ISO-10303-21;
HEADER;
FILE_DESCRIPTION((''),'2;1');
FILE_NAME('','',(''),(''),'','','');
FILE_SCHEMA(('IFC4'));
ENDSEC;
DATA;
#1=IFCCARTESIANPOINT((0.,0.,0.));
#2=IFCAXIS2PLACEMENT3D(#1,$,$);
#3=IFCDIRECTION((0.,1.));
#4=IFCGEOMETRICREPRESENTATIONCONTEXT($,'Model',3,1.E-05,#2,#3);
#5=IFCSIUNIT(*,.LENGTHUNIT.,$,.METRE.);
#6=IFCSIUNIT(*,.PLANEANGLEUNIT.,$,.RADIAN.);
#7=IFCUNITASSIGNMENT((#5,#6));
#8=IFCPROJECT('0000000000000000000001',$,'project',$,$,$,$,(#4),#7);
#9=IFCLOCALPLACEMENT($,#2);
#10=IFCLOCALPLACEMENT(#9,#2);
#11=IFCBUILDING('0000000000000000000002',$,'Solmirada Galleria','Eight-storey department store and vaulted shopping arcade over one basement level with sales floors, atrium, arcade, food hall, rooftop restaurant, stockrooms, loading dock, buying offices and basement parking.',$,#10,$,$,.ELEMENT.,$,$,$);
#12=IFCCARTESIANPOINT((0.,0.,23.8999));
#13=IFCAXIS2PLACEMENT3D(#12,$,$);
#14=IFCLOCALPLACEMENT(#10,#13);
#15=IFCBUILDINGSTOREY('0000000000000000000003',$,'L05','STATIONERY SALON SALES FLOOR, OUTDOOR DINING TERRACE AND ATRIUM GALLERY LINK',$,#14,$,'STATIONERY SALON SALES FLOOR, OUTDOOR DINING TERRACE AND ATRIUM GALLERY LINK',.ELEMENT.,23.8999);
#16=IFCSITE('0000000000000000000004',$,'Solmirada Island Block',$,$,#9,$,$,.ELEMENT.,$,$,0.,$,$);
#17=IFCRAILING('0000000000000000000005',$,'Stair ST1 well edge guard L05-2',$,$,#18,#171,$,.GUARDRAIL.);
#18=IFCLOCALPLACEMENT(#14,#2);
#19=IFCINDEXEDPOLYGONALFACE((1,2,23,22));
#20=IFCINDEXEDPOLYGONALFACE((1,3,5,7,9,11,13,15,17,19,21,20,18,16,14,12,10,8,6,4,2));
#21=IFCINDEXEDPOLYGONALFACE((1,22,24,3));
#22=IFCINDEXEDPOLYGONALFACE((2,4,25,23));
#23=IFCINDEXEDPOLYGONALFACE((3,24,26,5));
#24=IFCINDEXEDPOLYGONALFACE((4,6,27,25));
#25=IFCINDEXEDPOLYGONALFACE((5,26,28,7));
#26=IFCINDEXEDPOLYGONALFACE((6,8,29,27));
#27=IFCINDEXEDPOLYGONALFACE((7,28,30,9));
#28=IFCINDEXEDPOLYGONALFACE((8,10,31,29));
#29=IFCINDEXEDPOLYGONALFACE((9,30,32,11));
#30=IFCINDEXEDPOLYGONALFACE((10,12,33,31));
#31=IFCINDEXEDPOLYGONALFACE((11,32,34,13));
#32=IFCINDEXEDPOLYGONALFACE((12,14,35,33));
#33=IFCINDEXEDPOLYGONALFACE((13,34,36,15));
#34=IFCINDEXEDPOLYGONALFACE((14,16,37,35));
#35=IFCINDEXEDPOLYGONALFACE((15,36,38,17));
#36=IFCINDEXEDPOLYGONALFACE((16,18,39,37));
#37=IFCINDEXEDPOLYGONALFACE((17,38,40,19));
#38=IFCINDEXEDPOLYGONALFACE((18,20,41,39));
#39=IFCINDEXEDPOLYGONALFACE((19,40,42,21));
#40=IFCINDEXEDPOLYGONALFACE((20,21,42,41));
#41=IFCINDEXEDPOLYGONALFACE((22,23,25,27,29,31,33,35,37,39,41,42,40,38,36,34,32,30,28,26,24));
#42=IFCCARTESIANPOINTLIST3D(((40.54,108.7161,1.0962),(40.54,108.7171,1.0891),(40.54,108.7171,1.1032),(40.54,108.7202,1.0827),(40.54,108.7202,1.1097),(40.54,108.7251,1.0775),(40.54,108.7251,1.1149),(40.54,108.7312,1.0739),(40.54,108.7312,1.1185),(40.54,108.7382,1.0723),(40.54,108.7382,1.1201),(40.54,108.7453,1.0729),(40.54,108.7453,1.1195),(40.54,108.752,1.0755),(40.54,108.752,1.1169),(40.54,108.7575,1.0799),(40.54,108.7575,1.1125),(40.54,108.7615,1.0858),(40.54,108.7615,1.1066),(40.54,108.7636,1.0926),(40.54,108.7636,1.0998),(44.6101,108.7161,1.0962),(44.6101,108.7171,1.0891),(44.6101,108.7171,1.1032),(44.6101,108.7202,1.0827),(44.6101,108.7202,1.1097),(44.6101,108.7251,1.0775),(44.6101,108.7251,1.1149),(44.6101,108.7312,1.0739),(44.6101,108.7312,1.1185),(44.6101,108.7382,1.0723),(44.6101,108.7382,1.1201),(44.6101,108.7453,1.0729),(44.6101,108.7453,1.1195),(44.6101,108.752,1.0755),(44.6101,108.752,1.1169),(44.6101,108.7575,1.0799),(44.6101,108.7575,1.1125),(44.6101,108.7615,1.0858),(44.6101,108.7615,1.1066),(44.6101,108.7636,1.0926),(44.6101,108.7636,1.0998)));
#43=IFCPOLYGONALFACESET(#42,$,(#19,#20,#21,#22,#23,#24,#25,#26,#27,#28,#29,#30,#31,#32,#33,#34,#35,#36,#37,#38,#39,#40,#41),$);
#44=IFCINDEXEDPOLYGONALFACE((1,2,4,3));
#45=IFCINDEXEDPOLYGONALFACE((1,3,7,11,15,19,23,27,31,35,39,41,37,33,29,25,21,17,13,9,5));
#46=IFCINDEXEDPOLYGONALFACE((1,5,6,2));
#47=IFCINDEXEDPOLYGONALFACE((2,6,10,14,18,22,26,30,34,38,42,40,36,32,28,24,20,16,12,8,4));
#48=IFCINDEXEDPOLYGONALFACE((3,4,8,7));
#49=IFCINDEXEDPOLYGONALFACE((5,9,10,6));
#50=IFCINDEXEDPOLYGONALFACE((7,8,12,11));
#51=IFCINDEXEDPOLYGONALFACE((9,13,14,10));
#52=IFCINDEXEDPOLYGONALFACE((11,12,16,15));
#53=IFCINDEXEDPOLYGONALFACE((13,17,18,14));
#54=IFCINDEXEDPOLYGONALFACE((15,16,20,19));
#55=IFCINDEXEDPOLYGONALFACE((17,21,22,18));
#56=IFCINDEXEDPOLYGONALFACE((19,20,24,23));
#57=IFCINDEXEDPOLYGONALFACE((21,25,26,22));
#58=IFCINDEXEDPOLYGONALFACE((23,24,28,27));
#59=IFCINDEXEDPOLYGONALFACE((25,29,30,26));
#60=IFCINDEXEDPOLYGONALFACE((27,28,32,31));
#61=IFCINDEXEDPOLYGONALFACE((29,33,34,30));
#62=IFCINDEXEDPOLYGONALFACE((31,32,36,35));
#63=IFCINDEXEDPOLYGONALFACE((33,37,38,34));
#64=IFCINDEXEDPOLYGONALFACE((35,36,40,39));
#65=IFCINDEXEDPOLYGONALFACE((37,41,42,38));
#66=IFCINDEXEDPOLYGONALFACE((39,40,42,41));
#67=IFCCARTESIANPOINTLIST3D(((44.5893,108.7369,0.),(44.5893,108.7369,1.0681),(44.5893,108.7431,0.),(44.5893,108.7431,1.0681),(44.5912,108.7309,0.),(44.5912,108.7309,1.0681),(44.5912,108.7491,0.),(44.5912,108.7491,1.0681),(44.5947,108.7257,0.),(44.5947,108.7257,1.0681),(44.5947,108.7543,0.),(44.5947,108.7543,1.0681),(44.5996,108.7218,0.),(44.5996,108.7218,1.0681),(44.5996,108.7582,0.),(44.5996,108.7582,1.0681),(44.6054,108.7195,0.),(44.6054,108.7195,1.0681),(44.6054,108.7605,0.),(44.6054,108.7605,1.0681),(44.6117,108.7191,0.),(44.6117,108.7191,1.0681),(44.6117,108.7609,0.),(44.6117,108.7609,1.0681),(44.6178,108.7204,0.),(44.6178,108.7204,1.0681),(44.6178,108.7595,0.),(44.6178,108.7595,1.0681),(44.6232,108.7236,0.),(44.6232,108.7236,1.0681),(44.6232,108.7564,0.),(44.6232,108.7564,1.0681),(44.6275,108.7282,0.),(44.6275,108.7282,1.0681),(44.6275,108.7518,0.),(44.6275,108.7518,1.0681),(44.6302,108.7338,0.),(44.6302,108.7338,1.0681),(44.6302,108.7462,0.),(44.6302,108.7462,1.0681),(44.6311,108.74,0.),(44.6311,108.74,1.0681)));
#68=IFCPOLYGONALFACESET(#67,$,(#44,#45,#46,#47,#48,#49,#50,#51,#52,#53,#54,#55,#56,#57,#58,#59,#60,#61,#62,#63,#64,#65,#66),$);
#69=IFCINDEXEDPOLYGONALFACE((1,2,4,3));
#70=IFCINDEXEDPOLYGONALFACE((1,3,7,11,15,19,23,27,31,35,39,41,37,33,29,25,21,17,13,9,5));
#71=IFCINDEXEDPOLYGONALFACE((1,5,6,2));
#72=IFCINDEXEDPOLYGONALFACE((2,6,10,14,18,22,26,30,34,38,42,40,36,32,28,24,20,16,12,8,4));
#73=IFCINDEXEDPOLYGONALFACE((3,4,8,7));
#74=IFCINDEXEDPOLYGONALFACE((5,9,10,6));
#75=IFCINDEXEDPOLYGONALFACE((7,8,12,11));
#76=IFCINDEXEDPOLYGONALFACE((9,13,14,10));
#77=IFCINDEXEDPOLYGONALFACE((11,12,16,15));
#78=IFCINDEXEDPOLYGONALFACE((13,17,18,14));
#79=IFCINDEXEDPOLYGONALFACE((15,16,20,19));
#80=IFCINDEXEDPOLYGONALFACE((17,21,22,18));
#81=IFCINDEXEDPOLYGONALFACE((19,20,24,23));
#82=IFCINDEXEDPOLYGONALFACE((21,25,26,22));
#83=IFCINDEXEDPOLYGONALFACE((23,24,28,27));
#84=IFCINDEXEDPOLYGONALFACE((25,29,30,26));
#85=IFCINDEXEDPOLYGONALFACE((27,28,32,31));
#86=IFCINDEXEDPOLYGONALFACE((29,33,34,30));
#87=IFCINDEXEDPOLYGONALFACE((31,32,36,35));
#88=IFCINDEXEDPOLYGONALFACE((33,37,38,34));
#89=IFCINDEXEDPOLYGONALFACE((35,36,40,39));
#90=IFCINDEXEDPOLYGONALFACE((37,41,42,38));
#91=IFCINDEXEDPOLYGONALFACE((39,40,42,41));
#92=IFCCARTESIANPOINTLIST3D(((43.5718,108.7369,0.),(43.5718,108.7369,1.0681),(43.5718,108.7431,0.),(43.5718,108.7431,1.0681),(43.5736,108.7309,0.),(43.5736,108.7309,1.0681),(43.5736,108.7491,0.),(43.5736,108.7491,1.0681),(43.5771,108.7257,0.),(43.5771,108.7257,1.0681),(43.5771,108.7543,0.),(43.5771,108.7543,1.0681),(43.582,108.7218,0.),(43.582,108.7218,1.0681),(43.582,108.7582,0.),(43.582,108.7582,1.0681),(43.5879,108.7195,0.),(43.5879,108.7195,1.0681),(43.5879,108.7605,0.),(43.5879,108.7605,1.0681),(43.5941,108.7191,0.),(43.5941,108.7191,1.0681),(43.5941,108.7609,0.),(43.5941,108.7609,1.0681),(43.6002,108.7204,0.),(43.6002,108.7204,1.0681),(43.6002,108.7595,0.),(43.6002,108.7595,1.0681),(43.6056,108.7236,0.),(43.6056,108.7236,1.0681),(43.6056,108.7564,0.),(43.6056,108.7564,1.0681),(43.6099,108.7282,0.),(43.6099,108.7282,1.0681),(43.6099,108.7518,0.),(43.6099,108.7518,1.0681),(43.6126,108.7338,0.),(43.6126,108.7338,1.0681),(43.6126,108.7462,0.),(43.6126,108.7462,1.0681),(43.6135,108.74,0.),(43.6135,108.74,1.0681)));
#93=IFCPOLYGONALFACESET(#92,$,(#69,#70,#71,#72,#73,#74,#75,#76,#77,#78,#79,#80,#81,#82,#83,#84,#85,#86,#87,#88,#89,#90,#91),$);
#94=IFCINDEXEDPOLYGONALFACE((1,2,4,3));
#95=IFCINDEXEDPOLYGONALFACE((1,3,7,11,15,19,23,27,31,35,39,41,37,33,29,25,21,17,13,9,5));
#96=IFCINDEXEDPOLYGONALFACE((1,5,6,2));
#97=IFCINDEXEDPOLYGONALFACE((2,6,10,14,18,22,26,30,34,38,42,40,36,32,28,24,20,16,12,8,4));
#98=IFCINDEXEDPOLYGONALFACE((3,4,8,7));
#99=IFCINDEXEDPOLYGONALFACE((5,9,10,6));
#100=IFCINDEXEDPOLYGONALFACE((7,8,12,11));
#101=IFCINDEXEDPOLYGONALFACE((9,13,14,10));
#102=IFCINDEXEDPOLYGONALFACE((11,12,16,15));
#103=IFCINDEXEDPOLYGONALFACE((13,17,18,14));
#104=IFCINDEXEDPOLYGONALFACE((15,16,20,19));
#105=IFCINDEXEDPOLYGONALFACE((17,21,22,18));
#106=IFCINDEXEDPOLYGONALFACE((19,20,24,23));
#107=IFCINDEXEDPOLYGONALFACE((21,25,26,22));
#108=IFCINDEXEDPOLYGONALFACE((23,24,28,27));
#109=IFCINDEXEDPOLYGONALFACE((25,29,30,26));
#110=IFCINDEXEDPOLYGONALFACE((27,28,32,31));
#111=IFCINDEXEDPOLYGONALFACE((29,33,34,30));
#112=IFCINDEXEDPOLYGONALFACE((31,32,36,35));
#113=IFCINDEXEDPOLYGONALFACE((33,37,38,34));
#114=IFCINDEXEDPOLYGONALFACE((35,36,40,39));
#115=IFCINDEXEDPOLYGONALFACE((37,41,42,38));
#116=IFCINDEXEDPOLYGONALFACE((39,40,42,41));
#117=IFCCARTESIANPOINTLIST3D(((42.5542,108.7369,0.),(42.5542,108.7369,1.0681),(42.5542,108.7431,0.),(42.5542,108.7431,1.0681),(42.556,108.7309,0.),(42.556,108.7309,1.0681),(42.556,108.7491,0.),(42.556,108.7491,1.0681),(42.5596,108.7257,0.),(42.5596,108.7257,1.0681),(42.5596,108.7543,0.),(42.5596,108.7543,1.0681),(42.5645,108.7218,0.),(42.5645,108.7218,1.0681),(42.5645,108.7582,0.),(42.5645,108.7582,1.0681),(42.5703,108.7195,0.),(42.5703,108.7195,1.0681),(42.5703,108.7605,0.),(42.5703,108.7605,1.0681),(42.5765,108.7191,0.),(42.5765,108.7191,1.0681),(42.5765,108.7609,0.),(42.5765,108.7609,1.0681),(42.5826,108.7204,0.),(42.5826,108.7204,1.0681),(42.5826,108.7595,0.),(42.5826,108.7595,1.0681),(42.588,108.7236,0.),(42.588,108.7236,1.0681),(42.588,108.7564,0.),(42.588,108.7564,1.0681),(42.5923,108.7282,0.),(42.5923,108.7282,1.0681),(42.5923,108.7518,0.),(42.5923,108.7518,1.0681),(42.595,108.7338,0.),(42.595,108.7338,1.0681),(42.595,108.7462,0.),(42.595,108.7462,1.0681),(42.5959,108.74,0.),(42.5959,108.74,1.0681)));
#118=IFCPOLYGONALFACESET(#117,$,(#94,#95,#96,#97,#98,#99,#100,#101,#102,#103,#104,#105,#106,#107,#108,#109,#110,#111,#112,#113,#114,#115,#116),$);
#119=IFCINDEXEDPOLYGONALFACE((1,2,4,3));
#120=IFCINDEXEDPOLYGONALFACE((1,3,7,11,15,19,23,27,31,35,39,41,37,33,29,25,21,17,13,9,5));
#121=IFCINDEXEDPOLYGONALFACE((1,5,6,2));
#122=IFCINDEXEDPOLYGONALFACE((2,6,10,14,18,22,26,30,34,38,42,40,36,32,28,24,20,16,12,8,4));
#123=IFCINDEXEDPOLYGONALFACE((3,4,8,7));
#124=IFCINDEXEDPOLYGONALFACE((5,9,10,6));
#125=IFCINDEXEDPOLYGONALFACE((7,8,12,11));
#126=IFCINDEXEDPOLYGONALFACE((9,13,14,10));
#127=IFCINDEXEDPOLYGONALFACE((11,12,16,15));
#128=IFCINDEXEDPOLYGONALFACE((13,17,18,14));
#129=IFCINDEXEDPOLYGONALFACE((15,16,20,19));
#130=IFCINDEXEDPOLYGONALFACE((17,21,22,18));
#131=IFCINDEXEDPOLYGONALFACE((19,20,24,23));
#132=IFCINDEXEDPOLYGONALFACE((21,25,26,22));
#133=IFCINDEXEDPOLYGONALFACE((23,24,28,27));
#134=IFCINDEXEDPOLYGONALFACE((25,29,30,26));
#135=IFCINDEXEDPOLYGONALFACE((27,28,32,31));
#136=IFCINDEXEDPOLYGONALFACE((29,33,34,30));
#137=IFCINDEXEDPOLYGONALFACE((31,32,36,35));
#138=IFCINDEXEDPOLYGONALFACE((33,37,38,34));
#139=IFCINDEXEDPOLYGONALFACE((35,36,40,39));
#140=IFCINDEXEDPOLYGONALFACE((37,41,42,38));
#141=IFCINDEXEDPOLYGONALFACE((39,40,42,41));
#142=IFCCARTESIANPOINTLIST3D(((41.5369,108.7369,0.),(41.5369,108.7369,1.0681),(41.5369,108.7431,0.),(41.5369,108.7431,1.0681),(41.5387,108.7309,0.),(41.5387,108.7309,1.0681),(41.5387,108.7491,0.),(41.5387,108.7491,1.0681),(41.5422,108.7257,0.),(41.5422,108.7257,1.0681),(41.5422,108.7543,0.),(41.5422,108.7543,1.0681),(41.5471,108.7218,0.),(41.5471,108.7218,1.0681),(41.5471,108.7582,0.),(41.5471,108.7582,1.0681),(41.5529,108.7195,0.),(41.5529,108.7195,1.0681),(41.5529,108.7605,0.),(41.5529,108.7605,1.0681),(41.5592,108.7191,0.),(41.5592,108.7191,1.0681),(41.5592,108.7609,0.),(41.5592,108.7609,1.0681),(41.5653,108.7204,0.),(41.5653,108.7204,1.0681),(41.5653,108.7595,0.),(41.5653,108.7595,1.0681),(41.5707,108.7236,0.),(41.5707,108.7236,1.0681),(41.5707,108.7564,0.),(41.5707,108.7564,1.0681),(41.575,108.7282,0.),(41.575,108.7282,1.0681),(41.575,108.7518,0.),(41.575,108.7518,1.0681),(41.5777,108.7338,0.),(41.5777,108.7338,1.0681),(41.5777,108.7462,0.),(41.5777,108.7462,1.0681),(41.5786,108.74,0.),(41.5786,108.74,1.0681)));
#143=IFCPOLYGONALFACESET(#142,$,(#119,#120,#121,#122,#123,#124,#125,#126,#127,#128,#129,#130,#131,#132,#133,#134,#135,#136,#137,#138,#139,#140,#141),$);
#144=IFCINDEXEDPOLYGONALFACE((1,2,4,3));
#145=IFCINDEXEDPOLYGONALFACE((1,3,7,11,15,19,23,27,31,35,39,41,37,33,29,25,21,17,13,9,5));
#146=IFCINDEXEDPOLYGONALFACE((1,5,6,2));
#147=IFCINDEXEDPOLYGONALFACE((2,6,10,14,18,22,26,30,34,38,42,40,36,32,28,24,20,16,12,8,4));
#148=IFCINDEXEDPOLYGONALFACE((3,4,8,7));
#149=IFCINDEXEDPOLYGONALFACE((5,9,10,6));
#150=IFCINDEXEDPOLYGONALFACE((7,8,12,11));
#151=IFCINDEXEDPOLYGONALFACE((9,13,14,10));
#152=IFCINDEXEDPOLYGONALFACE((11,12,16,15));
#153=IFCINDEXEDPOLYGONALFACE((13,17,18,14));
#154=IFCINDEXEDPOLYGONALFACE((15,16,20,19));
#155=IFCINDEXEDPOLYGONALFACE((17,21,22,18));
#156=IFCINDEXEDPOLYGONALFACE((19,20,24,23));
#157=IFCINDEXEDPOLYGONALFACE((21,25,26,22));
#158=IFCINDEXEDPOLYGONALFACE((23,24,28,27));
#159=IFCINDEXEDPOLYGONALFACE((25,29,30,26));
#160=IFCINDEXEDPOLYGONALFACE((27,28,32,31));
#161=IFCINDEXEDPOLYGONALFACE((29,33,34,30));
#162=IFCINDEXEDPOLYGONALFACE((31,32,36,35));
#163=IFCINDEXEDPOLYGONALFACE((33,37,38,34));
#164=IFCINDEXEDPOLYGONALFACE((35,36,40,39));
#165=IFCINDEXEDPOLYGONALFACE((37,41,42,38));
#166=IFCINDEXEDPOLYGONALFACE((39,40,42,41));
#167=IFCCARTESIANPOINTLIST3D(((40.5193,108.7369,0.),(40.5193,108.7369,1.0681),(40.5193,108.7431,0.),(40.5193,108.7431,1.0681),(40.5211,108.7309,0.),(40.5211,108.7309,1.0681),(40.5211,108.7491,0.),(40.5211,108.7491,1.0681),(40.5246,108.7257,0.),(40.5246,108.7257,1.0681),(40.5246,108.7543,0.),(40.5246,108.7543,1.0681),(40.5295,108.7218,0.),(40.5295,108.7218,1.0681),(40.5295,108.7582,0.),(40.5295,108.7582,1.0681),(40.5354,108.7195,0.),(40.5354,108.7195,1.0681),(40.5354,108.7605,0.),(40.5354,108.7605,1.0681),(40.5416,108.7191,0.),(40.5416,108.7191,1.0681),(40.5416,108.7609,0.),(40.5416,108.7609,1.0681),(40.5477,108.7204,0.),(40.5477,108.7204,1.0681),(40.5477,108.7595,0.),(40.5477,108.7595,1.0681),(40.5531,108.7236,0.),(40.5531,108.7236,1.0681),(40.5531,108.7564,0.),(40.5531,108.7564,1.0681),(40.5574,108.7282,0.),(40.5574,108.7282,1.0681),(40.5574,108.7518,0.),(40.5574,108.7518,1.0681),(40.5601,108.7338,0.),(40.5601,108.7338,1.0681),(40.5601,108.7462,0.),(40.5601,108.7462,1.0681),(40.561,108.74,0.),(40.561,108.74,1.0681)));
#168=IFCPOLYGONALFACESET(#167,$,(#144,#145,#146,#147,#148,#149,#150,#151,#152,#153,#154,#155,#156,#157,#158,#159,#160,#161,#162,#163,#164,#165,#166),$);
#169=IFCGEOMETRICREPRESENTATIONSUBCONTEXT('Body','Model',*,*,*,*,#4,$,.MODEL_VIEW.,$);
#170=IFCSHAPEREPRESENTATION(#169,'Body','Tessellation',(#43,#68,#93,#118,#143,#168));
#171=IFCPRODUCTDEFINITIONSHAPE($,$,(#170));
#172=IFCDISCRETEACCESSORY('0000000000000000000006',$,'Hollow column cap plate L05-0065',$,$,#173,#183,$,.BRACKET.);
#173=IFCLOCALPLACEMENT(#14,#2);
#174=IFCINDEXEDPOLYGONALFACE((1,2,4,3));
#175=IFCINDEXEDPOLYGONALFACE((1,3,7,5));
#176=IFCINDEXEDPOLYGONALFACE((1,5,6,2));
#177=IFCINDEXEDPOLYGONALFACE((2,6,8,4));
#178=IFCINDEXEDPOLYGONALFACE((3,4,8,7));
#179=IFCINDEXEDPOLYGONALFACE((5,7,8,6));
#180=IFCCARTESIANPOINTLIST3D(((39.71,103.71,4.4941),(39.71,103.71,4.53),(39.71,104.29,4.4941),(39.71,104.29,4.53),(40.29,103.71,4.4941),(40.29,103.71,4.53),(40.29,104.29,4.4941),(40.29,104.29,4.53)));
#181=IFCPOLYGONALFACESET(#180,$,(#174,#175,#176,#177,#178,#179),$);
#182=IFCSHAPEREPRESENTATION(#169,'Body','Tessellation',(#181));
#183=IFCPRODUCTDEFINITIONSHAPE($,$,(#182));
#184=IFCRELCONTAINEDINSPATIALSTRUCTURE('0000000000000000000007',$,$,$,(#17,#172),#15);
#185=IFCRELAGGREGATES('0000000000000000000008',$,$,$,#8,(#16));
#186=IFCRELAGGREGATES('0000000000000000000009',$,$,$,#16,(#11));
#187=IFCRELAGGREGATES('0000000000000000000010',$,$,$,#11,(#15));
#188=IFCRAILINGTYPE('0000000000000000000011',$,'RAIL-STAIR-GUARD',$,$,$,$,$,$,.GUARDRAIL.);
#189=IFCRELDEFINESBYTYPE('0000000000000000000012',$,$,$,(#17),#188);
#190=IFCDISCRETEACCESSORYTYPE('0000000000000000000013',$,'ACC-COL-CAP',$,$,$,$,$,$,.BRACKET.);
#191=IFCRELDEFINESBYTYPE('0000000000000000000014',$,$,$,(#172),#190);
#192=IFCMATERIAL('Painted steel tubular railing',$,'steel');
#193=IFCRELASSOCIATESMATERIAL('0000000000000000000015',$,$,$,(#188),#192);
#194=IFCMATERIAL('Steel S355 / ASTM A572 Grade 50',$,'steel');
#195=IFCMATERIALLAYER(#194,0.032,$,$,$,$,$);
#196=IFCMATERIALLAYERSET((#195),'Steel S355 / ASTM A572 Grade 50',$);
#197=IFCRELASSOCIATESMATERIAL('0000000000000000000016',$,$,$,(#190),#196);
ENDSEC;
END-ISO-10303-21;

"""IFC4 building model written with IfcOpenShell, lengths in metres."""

from ifc_helpers import new_model, si_unit, direction, frame, origin, origin_2d, place, context, subcontext, project, spatial, rectangle, circle, extrude, material, layer, layer_set, type_object, element, save


model = new_model("IFC4")

# Units and contexts
model_context = context("Model", 3, precision=1e-05, world=origin(), true_north=direction((0.0, 1.0)))
body_context = subcontext(model_context, "Body", "Model", "MODEL_VIEW")
ifc_project = project(units=[si_unit("LENGTHUNIT", "METRE"), si_unit("PLANEANGLEUNIT", "RADIAN")], contexts=[model_context])

# Site, building, storey
site_placement = place(None, origin())
site = spatial("IfcSite", under=ifc_project, at=site_placement, Name="Solmirada Island Block", CompositionType="ELEMENT", RefElevation=0.0)
building_placement = place(site_placement, origin())
building = spatial("IfcBuilding", under=site, at=building_placement, Name="Solmirada Galleria", Description="Eight-storey department store and vaulted shopping arcade over one basement level with sales floors, atrium, arcade, food hall, rooftop restaurant, stockrooms, loading dock, buying offices and basement parking.", CompositionType="ELEMENT")
storey_placement = place(building_placement, frame((0.0, 0.0, 23.8999)))
storey = spatial("IfcBuildingStorey", under=building, at=storey_placement, Name="L05", Description="STATIONERY SALON SALES FLOOR, OUTDOOR DINING TERRACE AND ATRIUM GALLERY LINK", LongName="STATIONERY SALON SALES FLOOR, OUTDOOR DINING TERRACE AND ATRIUM GALLERY LINK", CompositionType="ELEMENT", Elevation=23.8999)

# Railing
ifc_material_1 = material(Name="Painted steel tubular railing", Category="steel")
railing_type = type_object("IfcRailingType", Name="RAIL-STAIR-GUARD", PredefinedType="GUARDRAIL", material=ifc_material_1)
railing_1_placement = place(storey_placement, frame((44.6101, 108.74, 0.0)))
element("IfcRailing", 1, at=railing_1_placement, inside=storey, type_object=railing_type, Name="Stair ST1 well edge guard L05-2", PredefinedType="GUARDRAIL", context=body_context, shape_type="SweptSolid", body=[
    extrude(circle(Radius=0.0239, at=origin_2d()), frame((0.0, 0.0, 1.0962), z_axis=(-1.0, 0.0, 0.0), x_axis=(0.0, -1.0, 0.0)), (0.0, 0.0, 1.0), 4.0701),
    extrude(circle(Radius=0.021, at=origin_2d()), origin(), (0.0, 0.0, 1.0), 1.0681),
    extrude(circle(Radius=0.021, at=origin_2d()), frame((-1.0176, 0.0, 0.0)), (0.0, 0.0, 1.0), 1.0681),
    extrude(circle(Radius=0.021, at=origin_2d()), frame((-2.0352, 0.0, 0.0)), (0.0, 0.0, 1.0), 1.0681),
    extrude(circle(Radius=0.021, at=origin_2d()), frame((-3.0525, 0.0, 0.0)), (0.0, 0.0, 1.0), 1.0681),
    extrude(circle(Radius=0.021, at=origin_2d()), frame((-4.0701, 0.0, 0.0)), (0.0, 0.0, 1.0), 1.0681),
])

# Discrete accessory
ifc_material_2 = material(Name="Steel S355 / ASTM A572 Grade 50", Category="steel")
ifc_layer_1 = layer(ifc_material_2, 0.032)
ifc_layer_set_1 = layer_set([ifc_layer_1], Name="Steel S355 / ASTM A572 Grade 50")
discrete_accessory_type = type_object("IfcDiscreteAccessoryType", Name="ACC-COL-CAP", PredefinedType="BRACKET", material=ifc_layer_set_1)
discrete_accessory_placement = place(storey_placement, frame((40.0, 104.0, 4.4941), z_axis=(0.0, 0.0, 1.0), x_axis=(1.0, 0.0, 0.0)))
element("IfcDiscreteAccessory", 2, at=discrete_accessory_placement, inside=storey, type_object=discrete_accessory_type, Name="Hollow column cap plate L05-0065", PredefinedType="BRACKET", context=body_context, shape_type="SweptSolid", body=[
    extrude(rectangle(XDim=0.5801, YDim=0.5801, at=origin_2d()), origin(), (0.0, 0.0, 1.0), 0.0359),
])

save(model, "model.ifc")
